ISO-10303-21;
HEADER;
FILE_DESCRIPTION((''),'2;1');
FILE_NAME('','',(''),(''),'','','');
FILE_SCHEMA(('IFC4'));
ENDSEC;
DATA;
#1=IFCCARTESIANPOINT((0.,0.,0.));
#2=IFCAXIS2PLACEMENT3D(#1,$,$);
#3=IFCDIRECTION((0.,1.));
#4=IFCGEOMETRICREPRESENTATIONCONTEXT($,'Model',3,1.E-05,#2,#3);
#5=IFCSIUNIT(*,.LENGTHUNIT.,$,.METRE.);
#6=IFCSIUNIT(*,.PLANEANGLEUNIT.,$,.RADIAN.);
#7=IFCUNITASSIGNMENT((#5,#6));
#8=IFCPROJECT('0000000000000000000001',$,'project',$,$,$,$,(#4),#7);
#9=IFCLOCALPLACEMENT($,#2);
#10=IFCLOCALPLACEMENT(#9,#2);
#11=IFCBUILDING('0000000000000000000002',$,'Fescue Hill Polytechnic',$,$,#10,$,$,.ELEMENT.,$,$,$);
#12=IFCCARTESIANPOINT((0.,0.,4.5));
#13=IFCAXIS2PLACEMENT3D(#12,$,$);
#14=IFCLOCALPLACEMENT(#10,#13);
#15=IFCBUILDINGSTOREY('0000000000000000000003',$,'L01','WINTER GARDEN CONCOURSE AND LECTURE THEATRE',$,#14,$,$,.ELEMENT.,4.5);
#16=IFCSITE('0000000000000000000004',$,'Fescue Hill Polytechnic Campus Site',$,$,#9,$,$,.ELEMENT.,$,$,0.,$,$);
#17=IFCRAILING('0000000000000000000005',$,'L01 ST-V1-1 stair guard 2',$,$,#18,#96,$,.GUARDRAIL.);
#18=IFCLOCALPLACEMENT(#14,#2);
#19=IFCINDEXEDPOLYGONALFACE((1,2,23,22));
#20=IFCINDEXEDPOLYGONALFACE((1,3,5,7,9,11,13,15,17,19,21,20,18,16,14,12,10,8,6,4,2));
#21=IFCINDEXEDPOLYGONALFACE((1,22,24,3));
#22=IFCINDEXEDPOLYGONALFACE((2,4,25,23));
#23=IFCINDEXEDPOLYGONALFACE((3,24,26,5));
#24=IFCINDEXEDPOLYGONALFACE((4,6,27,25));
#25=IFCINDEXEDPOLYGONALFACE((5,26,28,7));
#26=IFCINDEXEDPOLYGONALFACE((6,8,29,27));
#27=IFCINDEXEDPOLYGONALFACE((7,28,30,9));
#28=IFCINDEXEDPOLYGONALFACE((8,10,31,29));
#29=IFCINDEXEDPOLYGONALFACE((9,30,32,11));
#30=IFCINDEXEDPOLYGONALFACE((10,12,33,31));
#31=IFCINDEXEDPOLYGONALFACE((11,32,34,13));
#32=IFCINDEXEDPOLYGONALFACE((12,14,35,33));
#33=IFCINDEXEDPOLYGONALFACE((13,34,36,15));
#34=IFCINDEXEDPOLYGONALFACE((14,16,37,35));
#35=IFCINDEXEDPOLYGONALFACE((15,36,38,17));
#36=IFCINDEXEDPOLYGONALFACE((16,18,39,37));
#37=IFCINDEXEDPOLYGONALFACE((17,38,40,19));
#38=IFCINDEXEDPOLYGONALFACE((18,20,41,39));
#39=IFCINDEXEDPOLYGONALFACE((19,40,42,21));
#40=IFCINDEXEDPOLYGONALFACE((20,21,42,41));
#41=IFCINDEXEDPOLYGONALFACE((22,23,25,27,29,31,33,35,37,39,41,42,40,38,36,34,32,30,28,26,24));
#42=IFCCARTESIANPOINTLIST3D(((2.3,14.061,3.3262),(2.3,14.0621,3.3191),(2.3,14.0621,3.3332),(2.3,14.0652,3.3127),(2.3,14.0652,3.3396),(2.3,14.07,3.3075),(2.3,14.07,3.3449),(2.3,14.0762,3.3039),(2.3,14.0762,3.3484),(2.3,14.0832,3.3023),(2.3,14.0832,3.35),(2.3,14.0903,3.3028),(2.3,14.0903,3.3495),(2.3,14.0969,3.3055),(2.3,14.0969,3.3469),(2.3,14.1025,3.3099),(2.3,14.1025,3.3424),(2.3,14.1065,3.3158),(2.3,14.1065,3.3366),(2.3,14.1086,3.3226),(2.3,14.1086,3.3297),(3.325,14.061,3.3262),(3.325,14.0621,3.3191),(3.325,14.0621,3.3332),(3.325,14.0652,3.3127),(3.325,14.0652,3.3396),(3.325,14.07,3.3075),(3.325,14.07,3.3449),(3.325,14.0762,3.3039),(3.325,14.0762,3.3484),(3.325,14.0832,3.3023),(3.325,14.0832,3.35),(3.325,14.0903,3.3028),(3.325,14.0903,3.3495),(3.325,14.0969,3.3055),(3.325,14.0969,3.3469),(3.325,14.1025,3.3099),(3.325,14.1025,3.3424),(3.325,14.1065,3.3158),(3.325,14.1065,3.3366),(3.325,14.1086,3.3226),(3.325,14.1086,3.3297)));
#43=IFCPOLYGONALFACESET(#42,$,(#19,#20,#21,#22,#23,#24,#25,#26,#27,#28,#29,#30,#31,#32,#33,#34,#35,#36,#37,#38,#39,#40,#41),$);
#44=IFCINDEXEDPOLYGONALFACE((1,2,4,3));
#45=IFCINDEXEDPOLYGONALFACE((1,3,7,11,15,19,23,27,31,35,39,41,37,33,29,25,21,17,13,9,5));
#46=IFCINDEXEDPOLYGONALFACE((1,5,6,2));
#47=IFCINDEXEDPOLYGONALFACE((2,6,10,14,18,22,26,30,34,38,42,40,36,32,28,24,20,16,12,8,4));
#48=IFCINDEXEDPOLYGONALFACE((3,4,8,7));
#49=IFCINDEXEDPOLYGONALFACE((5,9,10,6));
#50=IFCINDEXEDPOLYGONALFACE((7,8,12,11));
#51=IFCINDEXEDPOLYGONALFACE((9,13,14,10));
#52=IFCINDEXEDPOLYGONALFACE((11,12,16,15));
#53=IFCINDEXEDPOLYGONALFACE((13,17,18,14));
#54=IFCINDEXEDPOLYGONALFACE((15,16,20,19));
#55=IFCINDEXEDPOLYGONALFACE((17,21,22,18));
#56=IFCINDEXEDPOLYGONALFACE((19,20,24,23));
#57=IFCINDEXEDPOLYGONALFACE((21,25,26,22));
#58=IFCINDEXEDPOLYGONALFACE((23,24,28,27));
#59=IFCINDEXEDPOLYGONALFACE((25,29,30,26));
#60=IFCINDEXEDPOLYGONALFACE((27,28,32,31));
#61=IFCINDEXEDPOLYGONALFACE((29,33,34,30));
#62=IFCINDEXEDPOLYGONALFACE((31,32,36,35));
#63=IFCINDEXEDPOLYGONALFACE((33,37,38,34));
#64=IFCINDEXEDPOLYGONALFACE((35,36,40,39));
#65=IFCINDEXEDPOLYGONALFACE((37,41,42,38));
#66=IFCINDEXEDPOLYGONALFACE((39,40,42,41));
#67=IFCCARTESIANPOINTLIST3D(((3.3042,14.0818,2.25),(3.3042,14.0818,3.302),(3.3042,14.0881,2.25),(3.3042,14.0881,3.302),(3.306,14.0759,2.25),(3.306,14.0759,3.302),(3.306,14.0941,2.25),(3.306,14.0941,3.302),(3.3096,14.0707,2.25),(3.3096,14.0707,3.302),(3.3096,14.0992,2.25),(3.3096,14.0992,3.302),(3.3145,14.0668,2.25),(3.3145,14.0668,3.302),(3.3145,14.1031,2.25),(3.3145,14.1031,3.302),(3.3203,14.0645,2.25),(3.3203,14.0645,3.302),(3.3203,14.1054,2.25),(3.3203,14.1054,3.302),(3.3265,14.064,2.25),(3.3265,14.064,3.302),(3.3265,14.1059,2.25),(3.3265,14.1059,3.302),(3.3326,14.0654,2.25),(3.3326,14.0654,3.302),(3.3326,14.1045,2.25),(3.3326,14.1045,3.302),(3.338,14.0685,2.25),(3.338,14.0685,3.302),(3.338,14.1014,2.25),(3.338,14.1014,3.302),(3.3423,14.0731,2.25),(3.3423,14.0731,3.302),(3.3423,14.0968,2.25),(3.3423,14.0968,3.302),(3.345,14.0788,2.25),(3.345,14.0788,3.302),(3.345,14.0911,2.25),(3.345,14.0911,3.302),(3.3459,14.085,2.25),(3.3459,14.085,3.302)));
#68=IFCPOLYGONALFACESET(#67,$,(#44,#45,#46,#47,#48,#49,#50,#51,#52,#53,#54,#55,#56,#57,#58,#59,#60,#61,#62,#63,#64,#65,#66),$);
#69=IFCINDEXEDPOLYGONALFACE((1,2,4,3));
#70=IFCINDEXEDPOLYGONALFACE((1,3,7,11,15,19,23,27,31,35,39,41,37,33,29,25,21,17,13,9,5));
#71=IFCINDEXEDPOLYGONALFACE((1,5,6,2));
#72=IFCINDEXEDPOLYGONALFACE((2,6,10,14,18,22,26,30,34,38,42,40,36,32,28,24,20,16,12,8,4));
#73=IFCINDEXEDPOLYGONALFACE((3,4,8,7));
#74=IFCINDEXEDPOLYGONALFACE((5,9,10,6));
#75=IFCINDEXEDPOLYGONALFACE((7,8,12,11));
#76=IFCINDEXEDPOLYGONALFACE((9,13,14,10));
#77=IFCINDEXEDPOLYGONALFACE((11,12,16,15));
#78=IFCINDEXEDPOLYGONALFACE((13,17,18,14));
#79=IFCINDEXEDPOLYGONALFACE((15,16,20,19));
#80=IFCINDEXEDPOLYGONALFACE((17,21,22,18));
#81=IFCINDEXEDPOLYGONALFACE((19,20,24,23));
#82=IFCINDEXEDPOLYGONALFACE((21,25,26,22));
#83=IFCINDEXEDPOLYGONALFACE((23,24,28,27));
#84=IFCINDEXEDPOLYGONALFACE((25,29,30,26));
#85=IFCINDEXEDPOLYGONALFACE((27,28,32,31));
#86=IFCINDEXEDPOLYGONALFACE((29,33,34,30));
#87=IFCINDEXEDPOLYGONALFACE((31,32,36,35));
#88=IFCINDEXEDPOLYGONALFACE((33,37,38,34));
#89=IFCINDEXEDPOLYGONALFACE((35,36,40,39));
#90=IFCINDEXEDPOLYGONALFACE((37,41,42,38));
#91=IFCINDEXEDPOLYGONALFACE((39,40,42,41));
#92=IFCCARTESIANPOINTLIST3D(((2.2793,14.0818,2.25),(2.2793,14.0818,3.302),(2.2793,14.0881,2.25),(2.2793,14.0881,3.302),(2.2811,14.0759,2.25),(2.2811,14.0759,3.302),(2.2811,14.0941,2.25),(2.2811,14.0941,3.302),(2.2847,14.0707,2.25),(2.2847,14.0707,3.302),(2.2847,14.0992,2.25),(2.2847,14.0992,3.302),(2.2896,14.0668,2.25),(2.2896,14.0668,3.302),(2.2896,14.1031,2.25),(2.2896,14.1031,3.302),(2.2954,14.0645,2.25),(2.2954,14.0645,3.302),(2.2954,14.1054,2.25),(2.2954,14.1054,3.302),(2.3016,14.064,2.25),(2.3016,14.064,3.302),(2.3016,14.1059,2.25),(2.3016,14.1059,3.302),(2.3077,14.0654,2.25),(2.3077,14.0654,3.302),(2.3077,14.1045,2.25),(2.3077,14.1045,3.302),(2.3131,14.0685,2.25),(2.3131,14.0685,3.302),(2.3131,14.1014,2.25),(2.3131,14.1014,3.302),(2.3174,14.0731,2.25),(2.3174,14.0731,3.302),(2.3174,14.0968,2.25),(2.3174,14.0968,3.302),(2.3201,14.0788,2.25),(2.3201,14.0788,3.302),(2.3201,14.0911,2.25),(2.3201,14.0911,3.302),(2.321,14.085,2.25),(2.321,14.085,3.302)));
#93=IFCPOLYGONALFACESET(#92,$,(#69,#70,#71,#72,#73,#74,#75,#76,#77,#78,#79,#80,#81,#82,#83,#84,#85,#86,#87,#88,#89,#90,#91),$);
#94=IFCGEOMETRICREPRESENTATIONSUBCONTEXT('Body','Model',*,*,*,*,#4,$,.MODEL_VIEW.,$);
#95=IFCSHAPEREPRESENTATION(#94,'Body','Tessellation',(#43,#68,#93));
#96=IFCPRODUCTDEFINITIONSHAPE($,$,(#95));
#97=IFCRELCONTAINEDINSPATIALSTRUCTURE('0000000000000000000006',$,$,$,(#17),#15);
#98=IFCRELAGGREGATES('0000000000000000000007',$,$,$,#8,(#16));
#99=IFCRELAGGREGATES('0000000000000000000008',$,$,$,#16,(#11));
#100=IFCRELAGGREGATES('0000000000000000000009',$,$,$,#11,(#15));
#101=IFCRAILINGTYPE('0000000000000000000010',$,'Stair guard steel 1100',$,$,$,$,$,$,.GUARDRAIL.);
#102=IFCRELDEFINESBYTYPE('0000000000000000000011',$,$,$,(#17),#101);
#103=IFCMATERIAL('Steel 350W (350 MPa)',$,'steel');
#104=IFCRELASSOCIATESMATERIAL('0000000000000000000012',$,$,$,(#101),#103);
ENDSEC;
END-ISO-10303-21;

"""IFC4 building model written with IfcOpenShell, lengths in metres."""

from ifc_helpers import new_model, si_unit, direction, frame, origin, origin_2d, place, context, subcontext, project, spatial, circle, extrude, material, type_object, element, save


model = new_model("IFC4")

# Units and contexts
model_context = context("Model", 3, precision=1e-05, world=origin(), true_north=direction((0.0, 1.0)))
body_context = subcontext(model_context, "Body", "Model", "MODEL_VIEW")
ifc_project = project(units=[si_unit("LENGTHUNIT", "METRE"), si_unit("PLANEANGLEUNIT", "RADIAN")], contexts=[model_context])

# Site, building, storey
site_placement = place(None, origin())
site = spatial("IfcSite", under=ifc_project, at=site_placement, Name="Fescue Hill Polytechnic Campus Site", CompositionType="ELEMENT", RefElevation=0.0)
building_placement = place(site_placement, origin())
building = spatial("IfcBuilding", under=site, at=building_placement, Name="Fescue Hill Polytechnic", CompositionType="ELEMENT")
storey_placement = place(building_placement, frame((0.0, 0.0, 4.5)))
storey = spatial("IfcBuildingStorey", under=building, at=storey_placement, Name="L01", Description="WINTER GARDEN CONCOURSE AND LECTURE THEATRE", CompositionType="ELEMENT", Elevation=4.5)

# Shared definitions
ifc_material_1 = material(Name="Steel 350W (350 MPa)", Category="steel")

# Railing
railing_type_1 = type_object("IfcRailingType", Name="Stair guard steel 1100", PredefinedType="GUARDRAIL", material=ifc_material_1)
railing_1_placement = place(storey_placement, frame((3.325, 14.085, 2.25)))
element("IfcRailing", 1, at=railing_1_placement, inside=storey, type_object=railing_type_1, Name="L01 ST-V1-1 stair guard 2", PredefinedType="GUARDRAIL", context=body_context, shape_type="SweptSolid", body=[
    extrude(circle(Radius=0.0239, at=origin_2d()), frame((0.0, 0.0, 1.0762), z_axis=(-1.0, 0.0, 0.0), x_axis=(0.0, -1.0, 0.0)), (0.0, 0.0, 1.0), 1.0249),
    extrude(circle(Radius=0.021, at=origin_2d()), origin(), (0.0, 0.0, 1.0), 1.052),
    extrude(circle(Radius=0.021, at=origin_2d()), frame((-1.0249, 0.0, 0.0)), (0.0, 0.0, 1.0), 1.052),
])

save(model, "model.ifc")
